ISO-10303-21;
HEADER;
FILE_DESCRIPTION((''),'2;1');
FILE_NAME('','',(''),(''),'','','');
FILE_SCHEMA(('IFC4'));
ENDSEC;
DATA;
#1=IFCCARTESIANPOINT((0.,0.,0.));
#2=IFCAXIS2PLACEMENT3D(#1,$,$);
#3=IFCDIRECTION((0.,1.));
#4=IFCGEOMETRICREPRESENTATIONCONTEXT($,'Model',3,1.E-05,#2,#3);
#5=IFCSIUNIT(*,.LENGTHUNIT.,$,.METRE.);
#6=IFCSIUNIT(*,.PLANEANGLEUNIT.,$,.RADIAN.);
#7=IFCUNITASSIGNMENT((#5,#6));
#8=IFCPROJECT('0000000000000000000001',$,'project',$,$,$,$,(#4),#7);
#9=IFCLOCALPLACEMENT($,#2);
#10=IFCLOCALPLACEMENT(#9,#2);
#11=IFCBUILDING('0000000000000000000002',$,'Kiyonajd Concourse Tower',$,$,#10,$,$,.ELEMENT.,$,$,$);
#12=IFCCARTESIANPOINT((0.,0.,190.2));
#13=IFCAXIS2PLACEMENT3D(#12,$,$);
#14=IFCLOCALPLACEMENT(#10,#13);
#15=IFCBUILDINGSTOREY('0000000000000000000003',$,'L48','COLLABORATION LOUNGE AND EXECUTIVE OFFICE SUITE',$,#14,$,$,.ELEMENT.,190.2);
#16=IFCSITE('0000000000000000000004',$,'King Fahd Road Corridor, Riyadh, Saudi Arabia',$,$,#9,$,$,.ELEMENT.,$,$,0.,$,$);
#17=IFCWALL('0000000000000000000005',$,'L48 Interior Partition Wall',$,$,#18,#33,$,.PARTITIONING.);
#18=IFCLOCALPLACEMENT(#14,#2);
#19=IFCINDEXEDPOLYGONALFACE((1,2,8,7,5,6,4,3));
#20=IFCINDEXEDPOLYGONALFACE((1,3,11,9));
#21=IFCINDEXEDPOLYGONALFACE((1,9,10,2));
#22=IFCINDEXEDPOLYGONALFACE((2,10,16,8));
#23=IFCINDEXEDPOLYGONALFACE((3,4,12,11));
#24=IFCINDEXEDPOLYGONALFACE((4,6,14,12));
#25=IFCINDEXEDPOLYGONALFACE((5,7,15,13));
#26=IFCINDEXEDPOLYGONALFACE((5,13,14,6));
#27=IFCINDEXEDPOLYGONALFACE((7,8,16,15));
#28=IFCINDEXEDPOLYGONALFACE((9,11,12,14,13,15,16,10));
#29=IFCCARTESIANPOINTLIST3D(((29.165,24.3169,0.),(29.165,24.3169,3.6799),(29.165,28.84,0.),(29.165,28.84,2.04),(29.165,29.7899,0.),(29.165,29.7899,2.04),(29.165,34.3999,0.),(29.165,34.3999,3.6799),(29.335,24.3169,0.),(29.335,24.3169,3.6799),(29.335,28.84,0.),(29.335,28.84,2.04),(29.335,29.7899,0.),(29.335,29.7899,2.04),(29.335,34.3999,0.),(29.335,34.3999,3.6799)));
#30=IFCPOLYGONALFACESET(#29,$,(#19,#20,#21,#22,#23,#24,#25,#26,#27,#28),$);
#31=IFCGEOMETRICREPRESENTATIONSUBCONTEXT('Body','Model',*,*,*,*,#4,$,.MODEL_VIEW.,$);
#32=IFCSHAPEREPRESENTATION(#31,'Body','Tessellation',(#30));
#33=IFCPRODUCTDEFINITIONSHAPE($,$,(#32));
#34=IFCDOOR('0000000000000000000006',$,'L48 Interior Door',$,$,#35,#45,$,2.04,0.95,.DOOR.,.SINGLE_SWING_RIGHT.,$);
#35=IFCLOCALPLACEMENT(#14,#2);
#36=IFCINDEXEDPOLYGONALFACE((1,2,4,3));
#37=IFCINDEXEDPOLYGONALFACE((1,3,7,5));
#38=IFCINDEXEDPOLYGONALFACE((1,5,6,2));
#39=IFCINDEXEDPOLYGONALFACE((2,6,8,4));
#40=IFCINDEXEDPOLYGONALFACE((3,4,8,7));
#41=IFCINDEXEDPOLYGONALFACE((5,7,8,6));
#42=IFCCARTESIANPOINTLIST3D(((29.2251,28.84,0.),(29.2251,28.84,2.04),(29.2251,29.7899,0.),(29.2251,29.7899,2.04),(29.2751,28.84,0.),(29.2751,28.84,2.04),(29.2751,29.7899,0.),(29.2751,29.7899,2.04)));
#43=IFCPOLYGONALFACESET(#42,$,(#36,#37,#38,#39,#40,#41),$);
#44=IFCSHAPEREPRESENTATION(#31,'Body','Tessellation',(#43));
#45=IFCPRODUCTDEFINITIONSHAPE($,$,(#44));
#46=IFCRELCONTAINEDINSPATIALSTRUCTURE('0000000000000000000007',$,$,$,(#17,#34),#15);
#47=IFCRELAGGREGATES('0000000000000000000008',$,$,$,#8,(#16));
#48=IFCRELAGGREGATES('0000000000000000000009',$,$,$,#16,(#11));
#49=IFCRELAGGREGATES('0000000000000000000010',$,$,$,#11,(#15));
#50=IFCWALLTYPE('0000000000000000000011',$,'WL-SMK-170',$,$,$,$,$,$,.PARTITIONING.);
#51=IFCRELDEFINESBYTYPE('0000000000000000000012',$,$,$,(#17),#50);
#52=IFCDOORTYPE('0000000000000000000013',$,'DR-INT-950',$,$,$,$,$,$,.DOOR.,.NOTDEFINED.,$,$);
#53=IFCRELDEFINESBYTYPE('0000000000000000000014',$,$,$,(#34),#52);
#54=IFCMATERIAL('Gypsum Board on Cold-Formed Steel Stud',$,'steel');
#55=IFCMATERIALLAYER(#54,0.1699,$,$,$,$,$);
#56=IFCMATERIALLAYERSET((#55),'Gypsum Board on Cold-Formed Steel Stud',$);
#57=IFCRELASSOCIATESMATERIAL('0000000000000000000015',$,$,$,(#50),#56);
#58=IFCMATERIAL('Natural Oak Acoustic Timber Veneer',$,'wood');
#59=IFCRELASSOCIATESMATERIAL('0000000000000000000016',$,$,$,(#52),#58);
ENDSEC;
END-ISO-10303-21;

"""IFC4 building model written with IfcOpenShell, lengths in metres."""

from ifc_helpers import new_model, si_unit, direction, frame, frame_2d, origin, place, context, subcontext, project, spatial, rectangle, extrude, material, layer, layer_set, type_object, element, fill, save


model = new_model("IFC4")

# Units and contexts
model_context = context("Model", 3, precision=1e-05, world=origin(), true_north=direction((0.0, 1.0)))
body_context = subcontext(model_context, "Body", "Model", "MODEL_VIEW")
ifc_project = project(units=[si_unit("LENGTHUNIT", "METRE"), si_unit("PLANEANGLEUNIT", "RADIAN")], contexts=[model_context])

# Site, building, storey
site_placement = place(None, origin())
site = spatial("IfcSite", under=ifc_project, at=site_placement, Name="King Fahd Road Corridor, Riyadh, Saudi Arabia", CompositionType="ELEMENT", RefElevation=0.0)
building_placement = place(site_placement, origin())
building = spatial("IfcBuilding", under=site, at=building_placement, Name="Kiyonajd Concourse Tower", CompositionType="ELEMENT")
storey_placement = place(building_placement, frame((0.0, 0.0, 190.2)))
storey = spatial("IfcBuildingStorey", under=building, at=storey_placement, Name="L48", Description="COLLABORATION LOUNGE AND EXECUTIVE OFFICE SUITE", CompositionType="ELEMENT", Elevation=190.2)

# Shared definitions
ifc_material_1 = material(Name="Gypsum Board on Cold-Formed Steel Stud", Category="steel")

# Shared definitions
ifc_layer_1 = layer(ifc_material_1, 0.1699)
ifc_layer_set_1 = layer_set([ifc_layer_1], Name="Gypsum Board on Cold-Formed Steel Stud")
wall_type_1 = type_object("IfcWallType", Name="WL-SMK-170", PredefinedType="PARTITIONING", material=ifc_layer_set_1)
ifc_material_2 = material(Name="Natural Oak Acoustic Timber Veneer", Category="wood")
door_type_1 = type_object("IfcDoorType", Name="DR-INT-950", OperationType="NOTDEFINED", PredefinedType="DOOR", material=ifc_material_2)

# Wall, opening, door
wall_1_placement = place(storey_placement, frame((29.25, 24.3169, 0.0), z_axis=(0.0, 0.0, 1.0), x_axis=(0.0, 1.0, 0.0)))
wall_1 = element("IfcWall", 1, at=wall_1_placement, inside=storey, type_object=wall_type_1, Name="L48 Interior Partition Wall", PredefinedType="PARTITIONING", context=body_context, shape_type="SweptSolid", body=[
    extrude(rectangle(XDim=10.083, YDim=0.1699, at=frame_2d((5.0415, 0.0))), origin(), (0.0, 0.0, 1.0), 3.6799),
])
opening_1_placement = place(wall_1_placement, frame((4.5229, 0.0, 0.0)))
opening_1 = element("IfcOpeningElement", 2, at=opening_1_placement, cuts=wall_1, PredefinedType="OPENING", context=body_context, shape_type="SweptSolid", body=[
    extrude(rectangle(XDim=0.95, YDim=2.04, at=frame_2d((0.4751, 1.02))), frame((0.0, 0.095, 0.0), z_axis=(0.0, -1.0, 0.0), x_axis=(1.0, 0.0, 0.0)), (0.0, 0.0, 1.0), 0.1899),
])
door_1_placement = place(opening_1_placement, origin())
door_1 = element("IfcDoor", 3, at=door_1_placement, inside=storey, type_object=door_type_1, Name="L48 Interior Door", OperationType="SINGLE_SWING_RIGHT", OverallHeight=2.04, OverallWidth=0.95, PredefinedType="DOOR", context=body_context, shape_type="SweptSolid", body=[
    extrude(rectangle(XDim=0.95, YDim=2.04, at=frame_2d((0.4751, 1.02))), frame((0.0, 0.0249, 0.0), z_axis=(0.0, -1.0, 0.0), x_axis=(1.0, 0.0, 0.0)), (0.0, 0.0, 1.0), 0.05),
])
fill(opening_1, door_1)

save(model, "model.ifc")
